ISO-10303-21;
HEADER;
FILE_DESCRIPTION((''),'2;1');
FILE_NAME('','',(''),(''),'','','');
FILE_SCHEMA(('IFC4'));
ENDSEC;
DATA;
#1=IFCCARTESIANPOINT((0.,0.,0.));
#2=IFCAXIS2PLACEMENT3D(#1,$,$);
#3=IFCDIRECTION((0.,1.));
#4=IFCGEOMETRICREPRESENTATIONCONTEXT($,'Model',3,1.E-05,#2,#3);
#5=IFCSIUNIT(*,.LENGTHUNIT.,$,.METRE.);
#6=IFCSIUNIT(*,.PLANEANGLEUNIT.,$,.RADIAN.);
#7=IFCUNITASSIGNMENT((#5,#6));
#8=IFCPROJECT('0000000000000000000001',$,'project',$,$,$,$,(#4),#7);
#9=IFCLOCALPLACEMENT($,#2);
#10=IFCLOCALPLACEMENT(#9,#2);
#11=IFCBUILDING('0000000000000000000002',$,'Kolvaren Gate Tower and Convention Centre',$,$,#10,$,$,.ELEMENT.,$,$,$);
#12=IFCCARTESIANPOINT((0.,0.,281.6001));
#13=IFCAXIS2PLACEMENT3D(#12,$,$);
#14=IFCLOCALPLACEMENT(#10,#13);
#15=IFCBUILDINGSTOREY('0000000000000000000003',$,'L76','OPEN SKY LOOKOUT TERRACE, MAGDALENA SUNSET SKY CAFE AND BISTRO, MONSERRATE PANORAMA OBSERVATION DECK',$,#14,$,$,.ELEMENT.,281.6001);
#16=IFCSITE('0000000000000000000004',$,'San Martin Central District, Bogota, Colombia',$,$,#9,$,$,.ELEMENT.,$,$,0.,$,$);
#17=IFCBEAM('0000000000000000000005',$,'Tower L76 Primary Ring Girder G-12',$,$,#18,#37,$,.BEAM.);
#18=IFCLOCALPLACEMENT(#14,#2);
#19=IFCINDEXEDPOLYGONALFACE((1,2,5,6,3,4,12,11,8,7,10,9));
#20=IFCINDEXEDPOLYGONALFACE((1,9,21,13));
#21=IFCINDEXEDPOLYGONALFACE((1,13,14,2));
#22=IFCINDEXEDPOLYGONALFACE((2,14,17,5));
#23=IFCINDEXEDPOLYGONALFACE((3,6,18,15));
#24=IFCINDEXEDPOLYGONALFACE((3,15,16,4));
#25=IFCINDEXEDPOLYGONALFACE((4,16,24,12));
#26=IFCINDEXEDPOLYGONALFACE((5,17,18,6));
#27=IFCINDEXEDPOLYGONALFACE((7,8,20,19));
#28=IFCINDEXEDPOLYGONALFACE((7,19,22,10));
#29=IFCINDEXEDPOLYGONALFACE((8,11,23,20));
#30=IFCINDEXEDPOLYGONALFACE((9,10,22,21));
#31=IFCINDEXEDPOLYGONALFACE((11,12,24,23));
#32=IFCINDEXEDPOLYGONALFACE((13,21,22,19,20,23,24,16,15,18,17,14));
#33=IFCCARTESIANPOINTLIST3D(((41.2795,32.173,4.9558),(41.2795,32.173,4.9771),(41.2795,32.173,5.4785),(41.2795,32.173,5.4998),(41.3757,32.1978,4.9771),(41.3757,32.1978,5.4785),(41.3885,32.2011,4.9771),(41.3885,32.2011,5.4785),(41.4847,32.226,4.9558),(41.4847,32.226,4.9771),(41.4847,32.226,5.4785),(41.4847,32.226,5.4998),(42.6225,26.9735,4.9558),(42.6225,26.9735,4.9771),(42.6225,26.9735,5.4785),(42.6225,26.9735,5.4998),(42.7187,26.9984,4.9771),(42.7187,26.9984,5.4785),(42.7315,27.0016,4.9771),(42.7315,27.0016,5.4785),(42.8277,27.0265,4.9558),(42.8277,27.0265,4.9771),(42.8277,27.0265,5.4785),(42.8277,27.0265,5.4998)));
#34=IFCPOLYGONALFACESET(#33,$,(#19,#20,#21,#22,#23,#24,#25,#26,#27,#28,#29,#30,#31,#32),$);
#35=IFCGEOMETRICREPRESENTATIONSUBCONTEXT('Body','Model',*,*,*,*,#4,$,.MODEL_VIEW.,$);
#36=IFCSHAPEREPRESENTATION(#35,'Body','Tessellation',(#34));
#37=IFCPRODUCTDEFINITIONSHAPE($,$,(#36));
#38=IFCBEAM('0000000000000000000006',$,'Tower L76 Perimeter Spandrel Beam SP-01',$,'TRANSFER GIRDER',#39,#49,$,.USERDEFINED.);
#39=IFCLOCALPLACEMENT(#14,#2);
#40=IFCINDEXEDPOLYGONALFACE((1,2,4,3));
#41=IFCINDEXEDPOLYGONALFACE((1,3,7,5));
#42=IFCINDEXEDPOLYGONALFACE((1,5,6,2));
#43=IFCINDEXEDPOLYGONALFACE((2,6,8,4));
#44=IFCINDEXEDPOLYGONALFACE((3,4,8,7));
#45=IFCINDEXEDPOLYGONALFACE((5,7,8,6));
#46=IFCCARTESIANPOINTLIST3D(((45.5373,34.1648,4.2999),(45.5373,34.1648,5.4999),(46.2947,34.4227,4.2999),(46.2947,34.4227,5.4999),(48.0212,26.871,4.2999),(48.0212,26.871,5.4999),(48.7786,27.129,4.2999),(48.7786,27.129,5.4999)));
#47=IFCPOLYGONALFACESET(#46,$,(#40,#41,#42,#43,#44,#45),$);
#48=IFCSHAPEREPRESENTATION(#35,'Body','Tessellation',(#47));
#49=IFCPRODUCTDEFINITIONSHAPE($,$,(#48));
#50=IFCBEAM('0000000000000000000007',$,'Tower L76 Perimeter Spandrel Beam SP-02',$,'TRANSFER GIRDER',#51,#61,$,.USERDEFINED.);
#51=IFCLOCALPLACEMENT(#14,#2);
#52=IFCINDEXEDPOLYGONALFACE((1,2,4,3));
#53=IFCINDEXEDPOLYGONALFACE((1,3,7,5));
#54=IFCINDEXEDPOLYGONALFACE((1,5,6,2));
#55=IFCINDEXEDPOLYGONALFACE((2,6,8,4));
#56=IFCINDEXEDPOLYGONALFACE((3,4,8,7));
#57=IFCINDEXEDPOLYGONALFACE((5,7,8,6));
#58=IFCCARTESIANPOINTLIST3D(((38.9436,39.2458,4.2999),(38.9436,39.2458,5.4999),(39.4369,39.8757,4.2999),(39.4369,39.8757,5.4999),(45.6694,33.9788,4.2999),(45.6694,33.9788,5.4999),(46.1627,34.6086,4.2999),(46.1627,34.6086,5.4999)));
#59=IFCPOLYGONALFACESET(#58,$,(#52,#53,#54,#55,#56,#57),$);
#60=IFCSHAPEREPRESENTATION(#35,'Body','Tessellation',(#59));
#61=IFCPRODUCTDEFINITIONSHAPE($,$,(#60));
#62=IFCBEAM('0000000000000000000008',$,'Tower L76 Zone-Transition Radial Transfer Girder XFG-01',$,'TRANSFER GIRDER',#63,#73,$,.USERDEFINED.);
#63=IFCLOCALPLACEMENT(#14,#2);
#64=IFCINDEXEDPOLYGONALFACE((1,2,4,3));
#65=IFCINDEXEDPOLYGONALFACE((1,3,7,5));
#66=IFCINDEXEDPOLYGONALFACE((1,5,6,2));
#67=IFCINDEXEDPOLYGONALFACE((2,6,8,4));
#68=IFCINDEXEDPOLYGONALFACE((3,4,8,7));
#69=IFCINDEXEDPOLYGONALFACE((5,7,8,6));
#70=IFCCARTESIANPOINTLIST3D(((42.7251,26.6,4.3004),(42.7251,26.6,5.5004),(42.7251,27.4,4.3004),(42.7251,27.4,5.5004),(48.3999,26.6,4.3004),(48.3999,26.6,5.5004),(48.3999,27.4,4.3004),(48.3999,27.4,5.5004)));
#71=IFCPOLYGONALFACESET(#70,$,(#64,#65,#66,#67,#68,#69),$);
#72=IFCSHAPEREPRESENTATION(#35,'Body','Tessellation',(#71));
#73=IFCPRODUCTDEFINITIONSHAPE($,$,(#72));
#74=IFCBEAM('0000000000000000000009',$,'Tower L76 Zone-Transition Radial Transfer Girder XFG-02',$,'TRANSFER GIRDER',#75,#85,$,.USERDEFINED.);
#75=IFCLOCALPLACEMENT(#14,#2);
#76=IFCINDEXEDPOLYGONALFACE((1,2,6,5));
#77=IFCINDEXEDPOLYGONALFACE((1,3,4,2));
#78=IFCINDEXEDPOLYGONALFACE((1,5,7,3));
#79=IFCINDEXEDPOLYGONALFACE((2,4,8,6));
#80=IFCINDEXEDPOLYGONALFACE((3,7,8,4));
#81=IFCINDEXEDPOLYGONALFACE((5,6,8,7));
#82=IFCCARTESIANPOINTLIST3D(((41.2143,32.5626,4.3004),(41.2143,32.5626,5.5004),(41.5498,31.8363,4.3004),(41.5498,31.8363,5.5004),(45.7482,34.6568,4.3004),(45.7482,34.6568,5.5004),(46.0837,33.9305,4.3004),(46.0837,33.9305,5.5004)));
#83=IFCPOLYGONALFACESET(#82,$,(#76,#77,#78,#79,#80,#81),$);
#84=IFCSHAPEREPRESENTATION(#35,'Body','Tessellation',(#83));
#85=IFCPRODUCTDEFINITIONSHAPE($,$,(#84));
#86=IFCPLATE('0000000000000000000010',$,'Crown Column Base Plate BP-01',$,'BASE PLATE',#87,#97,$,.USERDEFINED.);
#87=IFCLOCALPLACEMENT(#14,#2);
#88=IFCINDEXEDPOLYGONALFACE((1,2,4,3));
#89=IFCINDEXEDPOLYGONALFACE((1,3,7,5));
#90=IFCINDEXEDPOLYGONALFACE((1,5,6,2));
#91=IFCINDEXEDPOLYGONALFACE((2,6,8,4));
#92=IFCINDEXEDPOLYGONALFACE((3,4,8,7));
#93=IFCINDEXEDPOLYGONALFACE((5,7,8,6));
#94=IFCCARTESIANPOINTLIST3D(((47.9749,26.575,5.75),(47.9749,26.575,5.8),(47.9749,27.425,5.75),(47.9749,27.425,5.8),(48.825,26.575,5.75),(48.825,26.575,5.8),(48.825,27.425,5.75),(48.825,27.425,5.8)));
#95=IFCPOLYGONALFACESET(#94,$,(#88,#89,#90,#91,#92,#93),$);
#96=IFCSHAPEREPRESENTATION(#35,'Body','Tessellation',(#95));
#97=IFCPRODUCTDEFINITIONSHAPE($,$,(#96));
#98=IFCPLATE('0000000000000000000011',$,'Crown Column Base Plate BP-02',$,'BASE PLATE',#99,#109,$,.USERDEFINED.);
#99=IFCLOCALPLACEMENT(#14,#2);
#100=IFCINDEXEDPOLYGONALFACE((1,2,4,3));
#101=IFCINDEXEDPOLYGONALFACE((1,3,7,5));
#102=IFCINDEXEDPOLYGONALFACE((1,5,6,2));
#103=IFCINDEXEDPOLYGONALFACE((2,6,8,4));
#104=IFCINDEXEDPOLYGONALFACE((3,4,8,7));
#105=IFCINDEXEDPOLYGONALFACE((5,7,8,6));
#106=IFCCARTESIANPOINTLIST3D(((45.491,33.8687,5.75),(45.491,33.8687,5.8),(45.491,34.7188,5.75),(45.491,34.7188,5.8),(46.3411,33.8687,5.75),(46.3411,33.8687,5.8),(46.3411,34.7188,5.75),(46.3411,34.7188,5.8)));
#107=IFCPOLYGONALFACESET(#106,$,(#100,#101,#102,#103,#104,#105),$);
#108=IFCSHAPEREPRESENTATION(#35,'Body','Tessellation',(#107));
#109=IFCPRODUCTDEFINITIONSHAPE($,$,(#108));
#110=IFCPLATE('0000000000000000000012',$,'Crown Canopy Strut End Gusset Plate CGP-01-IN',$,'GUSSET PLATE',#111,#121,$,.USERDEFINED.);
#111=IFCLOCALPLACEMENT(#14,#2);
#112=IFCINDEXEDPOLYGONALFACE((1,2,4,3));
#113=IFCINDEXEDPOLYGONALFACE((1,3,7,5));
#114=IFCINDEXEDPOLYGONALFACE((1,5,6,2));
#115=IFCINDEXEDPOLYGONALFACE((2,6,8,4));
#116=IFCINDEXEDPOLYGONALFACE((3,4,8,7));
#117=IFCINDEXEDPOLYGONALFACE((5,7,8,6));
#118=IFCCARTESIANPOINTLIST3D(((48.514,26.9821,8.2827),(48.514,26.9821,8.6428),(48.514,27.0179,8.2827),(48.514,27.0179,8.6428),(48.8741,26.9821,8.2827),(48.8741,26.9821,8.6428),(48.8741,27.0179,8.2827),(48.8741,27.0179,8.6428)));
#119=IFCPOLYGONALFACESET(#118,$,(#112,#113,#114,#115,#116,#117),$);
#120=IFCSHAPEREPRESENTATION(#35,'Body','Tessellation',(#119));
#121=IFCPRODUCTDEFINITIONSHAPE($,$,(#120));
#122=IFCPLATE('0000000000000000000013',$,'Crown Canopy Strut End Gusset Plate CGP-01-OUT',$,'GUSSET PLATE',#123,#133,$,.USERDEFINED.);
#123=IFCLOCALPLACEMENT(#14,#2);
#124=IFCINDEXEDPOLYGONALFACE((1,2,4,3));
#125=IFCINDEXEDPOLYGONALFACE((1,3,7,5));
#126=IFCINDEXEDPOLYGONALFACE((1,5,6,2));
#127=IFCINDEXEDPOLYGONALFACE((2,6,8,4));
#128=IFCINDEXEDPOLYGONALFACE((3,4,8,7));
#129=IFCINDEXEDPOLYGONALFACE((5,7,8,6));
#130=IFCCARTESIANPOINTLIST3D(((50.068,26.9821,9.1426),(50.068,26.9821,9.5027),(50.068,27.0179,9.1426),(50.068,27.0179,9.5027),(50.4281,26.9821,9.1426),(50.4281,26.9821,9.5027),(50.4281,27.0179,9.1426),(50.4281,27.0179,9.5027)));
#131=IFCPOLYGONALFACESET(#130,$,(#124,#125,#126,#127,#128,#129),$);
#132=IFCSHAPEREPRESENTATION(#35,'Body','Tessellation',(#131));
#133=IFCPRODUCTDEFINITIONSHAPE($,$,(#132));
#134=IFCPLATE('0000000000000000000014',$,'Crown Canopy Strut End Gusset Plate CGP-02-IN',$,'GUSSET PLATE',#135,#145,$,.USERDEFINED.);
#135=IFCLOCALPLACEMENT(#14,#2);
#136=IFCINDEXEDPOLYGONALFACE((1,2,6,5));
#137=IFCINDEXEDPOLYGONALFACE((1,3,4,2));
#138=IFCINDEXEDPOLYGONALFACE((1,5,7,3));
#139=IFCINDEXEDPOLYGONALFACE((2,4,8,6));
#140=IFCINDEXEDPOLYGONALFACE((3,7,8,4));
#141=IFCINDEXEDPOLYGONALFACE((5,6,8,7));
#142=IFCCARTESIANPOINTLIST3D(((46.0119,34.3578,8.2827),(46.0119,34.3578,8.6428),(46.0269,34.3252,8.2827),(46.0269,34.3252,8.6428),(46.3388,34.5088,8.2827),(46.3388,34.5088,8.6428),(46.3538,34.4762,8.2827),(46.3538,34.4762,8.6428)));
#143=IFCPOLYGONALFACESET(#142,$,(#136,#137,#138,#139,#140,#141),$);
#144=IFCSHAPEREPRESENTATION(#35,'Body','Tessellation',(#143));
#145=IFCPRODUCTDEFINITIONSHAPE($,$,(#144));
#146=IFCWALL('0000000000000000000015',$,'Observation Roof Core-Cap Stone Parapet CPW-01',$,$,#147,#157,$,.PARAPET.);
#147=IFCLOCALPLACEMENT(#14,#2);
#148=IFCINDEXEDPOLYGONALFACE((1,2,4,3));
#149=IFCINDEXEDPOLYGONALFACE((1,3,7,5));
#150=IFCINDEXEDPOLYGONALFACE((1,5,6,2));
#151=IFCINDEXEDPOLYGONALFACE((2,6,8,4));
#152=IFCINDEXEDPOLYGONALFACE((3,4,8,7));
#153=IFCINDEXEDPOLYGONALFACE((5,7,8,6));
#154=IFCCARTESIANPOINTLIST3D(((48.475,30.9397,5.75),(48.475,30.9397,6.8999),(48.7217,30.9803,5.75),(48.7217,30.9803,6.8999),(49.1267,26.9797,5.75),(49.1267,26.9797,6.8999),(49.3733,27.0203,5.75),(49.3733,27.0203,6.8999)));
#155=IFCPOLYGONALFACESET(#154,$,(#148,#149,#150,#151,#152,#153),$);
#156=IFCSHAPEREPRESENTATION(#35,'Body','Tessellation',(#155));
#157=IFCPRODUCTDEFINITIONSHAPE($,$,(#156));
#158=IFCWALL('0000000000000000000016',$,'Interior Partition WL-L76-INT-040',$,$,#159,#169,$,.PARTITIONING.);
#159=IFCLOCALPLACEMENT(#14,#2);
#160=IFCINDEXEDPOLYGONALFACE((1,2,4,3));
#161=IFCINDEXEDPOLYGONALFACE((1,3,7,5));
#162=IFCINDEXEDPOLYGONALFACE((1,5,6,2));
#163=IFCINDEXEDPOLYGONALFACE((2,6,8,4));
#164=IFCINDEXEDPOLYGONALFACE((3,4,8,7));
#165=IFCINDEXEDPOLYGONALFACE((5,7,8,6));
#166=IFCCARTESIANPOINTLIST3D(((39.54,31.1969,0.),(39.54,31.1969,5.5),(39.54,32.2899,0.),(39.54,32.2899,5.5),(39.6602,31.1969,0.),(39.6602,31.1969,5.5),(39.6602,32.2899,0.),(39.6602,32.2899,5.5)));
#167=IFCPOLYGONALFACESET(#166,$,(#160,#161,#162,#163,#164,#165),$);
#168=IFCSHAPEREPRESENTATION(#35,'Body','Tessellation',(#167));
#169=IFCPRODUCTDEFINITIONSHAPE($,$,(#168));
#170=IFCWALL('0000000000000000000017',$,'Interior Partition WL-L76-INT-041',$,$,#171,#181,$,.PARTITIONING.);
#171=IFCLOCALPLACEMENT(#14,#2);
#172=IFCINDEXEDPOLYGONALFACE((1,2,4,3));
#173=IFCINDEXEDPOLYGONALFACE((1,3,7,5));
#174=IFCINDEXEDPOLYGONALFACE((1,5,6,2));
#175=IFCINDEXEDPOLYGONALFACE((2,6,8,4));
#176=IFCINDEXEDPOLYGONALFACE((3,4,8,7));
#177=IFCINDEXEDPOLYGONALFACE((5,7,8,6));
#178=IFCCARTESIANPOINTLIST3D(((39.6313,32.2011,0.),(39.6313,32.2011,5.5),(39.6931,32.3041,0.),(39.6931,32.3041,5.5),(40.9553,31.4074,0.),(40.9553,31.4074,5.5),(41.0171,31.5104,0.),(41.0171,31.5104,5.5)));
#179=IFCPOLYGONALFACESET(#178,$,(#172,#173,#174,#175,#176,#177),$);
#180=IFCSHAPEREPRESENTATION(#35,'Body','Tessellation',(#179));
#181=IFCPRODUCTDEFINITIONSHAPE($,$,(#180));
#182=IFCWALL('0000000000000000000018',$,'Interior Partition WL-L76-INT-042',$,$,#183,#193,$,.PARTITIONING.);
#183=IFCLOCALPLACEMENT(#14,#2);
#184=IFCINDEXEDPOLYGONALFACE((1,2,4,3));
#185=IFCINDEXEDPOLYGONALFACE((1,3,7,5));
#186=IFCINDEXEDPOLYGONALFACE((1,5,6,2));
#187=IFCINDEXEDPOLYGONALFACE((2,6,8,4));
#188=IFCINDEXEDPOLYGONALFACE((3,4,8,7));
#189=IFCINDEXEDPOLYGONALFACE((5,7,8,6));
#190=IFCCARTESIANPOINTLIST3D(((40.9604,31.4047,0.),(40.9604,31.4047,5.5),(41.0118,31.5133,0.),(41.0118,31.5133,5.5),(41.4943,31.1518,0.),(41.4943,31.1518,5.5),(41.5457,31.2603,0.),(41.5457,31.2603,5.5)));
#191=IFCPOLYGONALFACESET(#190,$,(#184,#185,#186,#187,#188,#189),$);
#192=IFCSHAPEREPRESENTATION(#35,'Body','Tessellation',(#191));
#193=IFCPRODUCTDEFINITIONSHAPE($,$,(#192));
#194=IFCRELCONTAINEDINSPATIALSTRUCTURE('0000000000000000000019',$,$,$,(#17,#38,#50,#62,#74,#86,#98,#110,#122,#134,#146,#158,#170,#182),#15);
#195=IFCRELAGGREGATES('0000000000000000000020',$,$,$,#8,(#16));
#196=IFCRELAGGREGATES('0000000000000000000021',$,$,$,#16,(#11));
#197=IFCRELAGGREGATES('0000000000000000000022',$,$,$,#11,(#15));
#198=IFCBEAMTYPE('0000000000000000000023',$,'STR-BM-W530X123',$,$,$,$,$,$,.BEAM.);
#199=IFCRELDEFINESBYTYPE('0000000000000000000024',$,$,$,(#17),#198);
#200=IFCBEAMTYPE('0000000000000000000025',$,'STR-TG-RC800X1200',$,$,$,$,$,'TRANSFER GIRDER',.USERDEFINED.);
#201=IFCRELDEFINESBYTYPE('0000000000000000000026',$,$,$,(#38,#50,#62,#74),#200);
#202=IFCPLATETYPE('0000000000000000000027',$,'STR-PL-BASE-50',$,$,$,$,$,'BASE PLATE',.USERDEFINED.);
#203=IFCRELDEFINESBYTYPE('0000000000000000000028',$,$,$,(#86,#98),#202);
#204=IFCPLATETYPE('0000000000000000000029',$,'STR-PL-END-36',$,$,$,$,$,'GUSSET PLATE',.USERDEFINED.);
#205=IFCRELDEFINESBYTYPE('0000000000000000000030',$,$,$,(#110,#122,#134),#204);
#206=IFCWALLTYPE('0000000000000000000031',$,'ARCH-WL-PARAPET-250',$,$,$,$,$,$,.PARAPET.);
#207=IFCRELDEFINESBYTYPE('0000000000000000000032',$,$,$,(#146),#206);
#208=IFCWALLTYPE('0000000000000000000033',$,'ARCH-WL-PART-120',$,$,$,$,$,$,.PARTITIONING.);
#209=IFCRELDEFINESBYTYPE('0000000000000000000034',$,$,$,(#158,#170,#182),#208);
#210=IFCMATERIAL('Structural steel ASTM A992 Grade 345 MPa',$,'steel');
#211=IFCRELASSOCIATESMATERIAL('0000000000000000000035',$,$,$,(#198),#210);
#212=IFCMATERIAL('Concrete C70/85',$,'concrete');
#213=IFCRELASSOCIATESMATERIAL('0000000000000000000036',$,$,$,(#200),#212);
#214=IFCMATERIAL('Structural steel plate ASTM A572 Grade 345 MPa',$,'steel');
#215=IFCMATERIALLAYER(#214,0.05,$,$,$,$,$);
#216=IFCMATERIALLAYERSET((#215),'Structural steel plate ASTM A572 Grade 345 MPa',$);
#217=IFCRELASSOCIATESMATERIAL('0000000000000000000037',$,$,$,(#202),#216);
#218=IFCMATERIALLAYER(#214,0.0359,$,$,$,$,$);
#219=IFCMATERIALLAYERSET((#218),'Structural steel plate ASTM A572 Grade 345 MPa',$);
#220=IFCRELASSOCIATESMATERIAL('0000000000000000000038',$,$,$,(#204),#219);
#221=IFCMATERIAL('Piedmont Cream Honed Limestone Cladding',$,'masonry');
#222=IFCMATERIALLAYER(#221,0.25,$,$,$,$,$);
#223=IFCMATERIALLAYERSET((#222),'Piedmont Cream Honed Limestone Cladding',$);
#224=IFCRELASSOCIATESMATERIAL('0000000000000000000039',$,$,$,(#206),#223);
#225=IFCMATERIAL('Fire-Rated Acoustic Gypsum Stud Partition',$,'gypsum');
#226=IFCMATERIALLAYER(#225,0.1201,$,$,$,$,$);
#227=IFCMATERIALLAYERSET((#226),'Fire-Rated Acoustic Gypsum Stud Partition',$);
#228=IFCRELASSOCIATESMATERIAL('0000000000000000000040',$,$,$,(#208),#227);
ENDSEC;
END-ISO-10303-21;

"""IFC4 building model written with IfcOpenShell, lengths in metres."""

from ifc_helpers import new_model, si_unit, direction, frame, frame_2d, origin, origin_2d, place, context, subcontext, project, spatial, rectangle, i_section, extrude, material, layer, layer_set, material_profile, profile_set, type_object, element, save


model = new_model("IFC4")

# Units and contexts
model_context = context("Model", 3, precision=1e-05, world=origin(), true_north=direction((0.0, 1.0)))
body_context = subcontext(model_context, "Body", "Model", "MODEL_VIEW")
ifc_project = project(units=[si_unit("LENGTHUNIT", "METRE"), si_unit("PLANEANGLEUNIT", "RADIAN")], contexts=[model_context])

# Site, building, storey
site_placement = place(None, origin())
site = spatial("IfcSite", under=ifc_project, at=site_placement, Name="San Martin Central District, Bogota, Colombia", CompositionType="ELEMENT", RefElevation=0.0)
building_placement = place(site_placement, origin())
building = spatial("IfcBuilding", under=site, at=building_placement, Name="Kolvaren Gate Tower and Convention Centre", CompositionType="ELEMENT")
storey_placement = place(building_placement, frame((0.0, 0.0, 281.6001)))
storey = spatial("IfcBuildingStorey", under=building, at=storey_placement, Name="L76", Description="OPEN SKY LOOKOUT TERRACE, MAGDALENA SUNSET SKY CAFE AND BISTRO, MONSERRATE PANORAMA OBSERVATION DECK", CompositionType="ELEMENT", Elevation=281.6001)

# Beams
ifc_material_1 = material(Name="Structural steel ASTM A992 Grade 345 MPa", Category="steel")
ifc_material_profile_1 = material_profile(ifc_material_1, i_section(OverallWidth=0.2119, OverallDepth=0.5439, WebThickness=0.0132, FlangeThickness=0.0212, at=origin_2d()), Name="W530X123")
ifc_profile_set_1 = profile_set([ifc_material_profile_1], Name="Structural steel ASTM A992 Grade 345 MPa")
beam_type_1 = type_object("IfcBeamType", Name="STR-BM-W530X123", PredefinedType="BEAM", material=ifc_profile_set_1)
beam_1_placement = place(storey_placement, frame((42.7251, 27.0, 5.2278), z_axis=(-0.250091, 0.968222, 0.0), x_axis=(-0.968222, -0.250091, 0.0)))
element("IfcBeam", 1, at=beam_1_placement, inside=storey, type_object=beam_type_1, Name="Tower L76 Primary Ring Girder G-12", PredefinedType="BEAM", context=body_context, shape_type="SweptSolid", body=[
    extrude(i_section(OverallWidth=0.2119, OverallDepth=0.5439, WebThickness=0.0132, FlangeThickness=0.0212, at=origin_2d()), origin(), (0.0, 0.0, 1.0), 5.3701),
])
ifc_material_2 = material(Name="Concrete C70/85", Category="concrete")
ifc_material_profile_2 = material_profile(ifc_material_2, rectangle(XDim=0.8, YDim=1.2, at=origin_2d()), Name="RC-BM-800X1200")
ifc_profile_set_2 = profile_set([ifc_material_profile_2], Name="Concrete C70/85")
beam_type_2 = type_object("IfcBeamType", Name="STR-TG-RC800X1200", ElementType="TRANSFER GIRDER", PredefinedType="USERDEFINED", material=ifc_profile_set_2)
beam_2_placement = place(storey_placement, frame((48.3999, 27.0, 4.8999), z_axis=(-0.322371, 0.946613, 0.0), x_axis=(-0.946613, -0.322371, 0.0)))
element("IfcBeam", 2, at=beam_2_placement, inside=storey, type_object=beam_type_2, Name="Tower L76 Perimeter Spandrel Beam SP-01", ObjectType="TRANSFER GIRDER", PredefinedType="USERDEFINED", context=body_context, shape_type="SweptSolid", body=[
    extrude(rectangle(XDim=0.8, YDim=1.2, at=origin_2d()), origin(), (0.0, 0.0, 1.0), 7.7051),
])
beam_3_placement = place(storey_placement, frame((45.916, 34.2937, 4.8999), z_axis=(-0.787312, 0.616555, 0.0), x_axis=(-0.616555, -0.787312, 0.0)))
element("IfcBeam", 3, at=beam_3_placement, inside=storey, type_object=beam_type_2, Name="Tower L76 Perimeter Spandrel Beam SP-02", ObjectType="TRANSFER GIRDER", PredefinedType="USERDEFINED", context=body_context, shape_type="SweptSolid", body=[
    extrude(rectangle(XDim=0.8, YDim=1.2, at=origin_2d()), origin(), (0.0, 0.0, 1.0), 8.5427),
])
beam_4_placement = place(storey_placement, frame((42.7251, 27.0, 4.9004), z_axis=(1.0, 0.0, 0.0), x_axis=(0.0, 1.0, 0.0)))
element("IfcBeam", 4, at=beam_4_placement, inside=storey, type_object=beam_type_2, Name="Tower L76 Zone-Transition Radial Transfer Girder XFG-01", ObjectType="TRANSFER GIRDER", PredefinedType="USERDEFINED", context=body_context, shape_type="SweptSolid", body=[
    extrude(rectangle(XDim=0.8, YDim=1.2, at=origin_2d()), origin(), (0.0, 0.0, 1.0), 5.6748),
])
beam_5_placement = place(storey_placement, frame((41.3821, 32.1995, 4.9004), z_axis=(0.907833, 0.419331, 0.0), x_axis=(-0.419331, 0.907833, 0.0)))
element("IfcBeam", 5, at=beam_5_placement, inside=storey, type_object=beam_type_2, Name="Tower L76 Zone-Transition Radial Transfer Girder XFG-02", ObjectType="TRANSFER GIRDER", PredefinedType="USERDEFINED", context=body_context, shape_type="SweptSolid", body=[
    extrude(rectangle(XDim=0.8, YDim=1.2, at=origin_2d()), origin(), (0.0, 0.0, 1.0), 4.9941),
])

# Plates
ifc_material_3 = material(Name="Structural steel plate ASTM A572 Grade 345 MPa", Category="steel")
ifc_layer_1 = layer(ifc_material_3, 0.05)
ifc_layer_set_1 = layer_set([ifc_layer_1], Name="Structural steel plate ASTM A572 Grade 345 MPa")
plate_type_1 = type_object("IfcPlateType", Name="STR-PL-BASE-50", ElementType="BASE PLATE", PredefinedType="USERDEFINED", material=ifc_layer_set_1)
for number, where, z_axis, x_axis, name in (
    (6, (48.3999, 27.0, 5.75), (0.0, 0.0, 1.0), (1.0, 0.0, 0.0), "Crown Column Base Plate BP-01"),
    (7, (45.916, 34.2937, 5.75), (0.0, 0.0, 1.0), (1.0, 0.0, 0.0), "Crown Column Base Plate BP-02"),
):
    element("IfcPlate", number, at=place(storey_placement, frame(where, z_axis=z_axis, x_axis=x_axis)), inside=storey, type_object=plate_type_1, Name=name, ObjectType="BASE PLATE", PredefinedType="USERDEFINED", context=body_context, shape_type="SweptSolid", body=[
        extrude(rectangle(XDim=0.8501, YDim=0.8501, at=origin_2d()), origin(), (0.0, 0.0, 1.0), 0.05),
    ])
ifc_layer_2 = layer(ifc_material_3, 0.0359)
ifc_layer_set_2 = layer_set([ifc_layer_2], Name="Structural steel plate ASTM A572 Grade 345 MPa")
plate_type_2 = type_object("IfcPlateType", Name="STR-PL-END-36", ElementType="GUSSET PLATE", PredefinedType="USERDEFINED", material=ifc_layer_set_2)
for number, where, z_axis, x_axis, name in (
    (8, (48.6941, 27.0, 8.2827), (0.0, 0.0, 1.0), (1.0, 0.0, 0.0), "Crown Canopy Strut End Gusset Plate CGP-01-IN"),
    (9, (50.248, 27.0, 9.1426), (0.0, 0.0, 1.0), (1.0, 0.0, 0.0), "Crown Canopy Strut End Gusset Plate CGP-01-OUT"),
    (10, (46.1829, 34.417, 8.2827), (0.0, 0.0, 1.0), (0.907837, 0.419324, 0.0), "Crown Canopy Strut End Gusset Plate CGP-02-IN"),
):
    element("IfcPlate", number, at=place(storey_placement, frame(where, z_axis=z_axis, x_axis=x_axis)), inside=storey, type_object=plate_type_2, Name=name, ObjectType="GUSSET PLATE", PredefinedType="USERDEFINED", context=body_context, shape_type="SweptSolid", body=[
        extrude(rectangle(XDim=0.3601, YDim=0.0359, at=origin_2d()), origin(), (0.0, 0.0, 1.0), 0.3601),
    ])

# Walls
ifc_material_4 = material(Name="Piedmont Cream Honed Limestone Cladding", Category="masonry")
ifc_layer_3 = layer(ifc_material_4, 0.25)
ifc_layer_set_3 = layer_set([ifc_layer_3], Name="Piedmont Cream Honed Limestone Cladding")
wall_type_1 = type_object("IfcWallType", Name="ARCH-WL-PARAPET-250", PredefinedType="PARAPET", material=ifc_layer_set_3)
wall_1_placement = place(storey_placement, frame((48.5984, 30.96, 5.75), z_axis=(0.0, 0.0, 1.0), x_axis=(0.162366, -0.986731, 0.0)))
element("IfcWall", 11, at=wall_1_placement, inside=storey, type_object=wall_type_1, Name="Observation Roof Core-Cap Stone Parapet CPW-01", PredefinedType="PARAPET", context=body_context, shape_type="SweptSolid", body=[
    extrude(rectangle(XDim=4.0132, YDim=0.25, at=frame_2d((2.0066, 0.0))), origin(), (0.0, 0.0, 1.0), 1.1499),
])
ifc_material_5 = material(Name="Fire-Rated Acoustic Gypsum Stud Partition", Category="gypsum")
ifc_layer_4 = layer(ifc_material_5, 0.1201)
ifc_layer_set_4 = layer_set([ifc_layer_4], Name="Fire-Rated Acoustic Gypsum Stud Partition")
wall_type_2 = type_object("IfcWallType", Name="ARCH-WL-PART-120", PredefinedType="PARTITIONING", material=ifc_layer_set_4)
wall_2_placement = place(storey_placement, frame((39.6001, 31.197, 0.0), z_axis=(0.0, 0.0, 1.0), x_axis=(0.0, 1.0, 0.0)))
element("IfcWall", 12, at=wall_2_placement, inside=storey, type_object=wall_type_2, Name="Interior Partition WL-L76-INT-040", PredefinedType="PARTITIONING", context=body_context, shape_type="SweptSolid", body=[
    extrude(rectangle(XDim=1.093, YDim=0.1201, at=frame_2d((0.5464, 0.0))), origin(), (0.0, 0.0, 1.0), 5.5),
])
wall_3_placement = place(storey_placement, frame((39.6621, 32.2527, 0.0), z_axis=(0.0, 0.0, 1.0), x_axis=(0.857688, -0.51417, 0.0)))
element("IfcWall", 13, at=wall_3_placement, inside=storey, type_object=wall_type_2, Name="Interior Partition WL-L76-INT-041", PredefinedType="PARTITIONING", context=body_context, shape_type="SweptSolid", body=[
    extrude(rectangle(XDim=1.5437, YDim=0.1201, at=frame_2d((0.772, 0.0))), origin(), (0.0, 0.0, 1.0), 5.5),
])
wall_4_placement = place(storey_placement, frame((40.9861, 31.459, 0.0), z_axis=(0.0, 0.0, 1.0), x_axis=(0.903729, -0.428104, 0.0)))
element("IfcWall", 14, at=wall_4_placement, inside=storey, type_object=wall_type_2, Name="Interior Partition WL-L76-INT-042", PredefinedType="PARTITIONING", context=body_context, shape_type="SweptSolid", body=[
    extrude(rectangle(XDim=0.5908, YDim=0.1201, at=frame_2d((0.2954, 0.0))), origin(), (0.0, 0.0, 1.0), 5.5),
])

save(model, "model.ifc")
